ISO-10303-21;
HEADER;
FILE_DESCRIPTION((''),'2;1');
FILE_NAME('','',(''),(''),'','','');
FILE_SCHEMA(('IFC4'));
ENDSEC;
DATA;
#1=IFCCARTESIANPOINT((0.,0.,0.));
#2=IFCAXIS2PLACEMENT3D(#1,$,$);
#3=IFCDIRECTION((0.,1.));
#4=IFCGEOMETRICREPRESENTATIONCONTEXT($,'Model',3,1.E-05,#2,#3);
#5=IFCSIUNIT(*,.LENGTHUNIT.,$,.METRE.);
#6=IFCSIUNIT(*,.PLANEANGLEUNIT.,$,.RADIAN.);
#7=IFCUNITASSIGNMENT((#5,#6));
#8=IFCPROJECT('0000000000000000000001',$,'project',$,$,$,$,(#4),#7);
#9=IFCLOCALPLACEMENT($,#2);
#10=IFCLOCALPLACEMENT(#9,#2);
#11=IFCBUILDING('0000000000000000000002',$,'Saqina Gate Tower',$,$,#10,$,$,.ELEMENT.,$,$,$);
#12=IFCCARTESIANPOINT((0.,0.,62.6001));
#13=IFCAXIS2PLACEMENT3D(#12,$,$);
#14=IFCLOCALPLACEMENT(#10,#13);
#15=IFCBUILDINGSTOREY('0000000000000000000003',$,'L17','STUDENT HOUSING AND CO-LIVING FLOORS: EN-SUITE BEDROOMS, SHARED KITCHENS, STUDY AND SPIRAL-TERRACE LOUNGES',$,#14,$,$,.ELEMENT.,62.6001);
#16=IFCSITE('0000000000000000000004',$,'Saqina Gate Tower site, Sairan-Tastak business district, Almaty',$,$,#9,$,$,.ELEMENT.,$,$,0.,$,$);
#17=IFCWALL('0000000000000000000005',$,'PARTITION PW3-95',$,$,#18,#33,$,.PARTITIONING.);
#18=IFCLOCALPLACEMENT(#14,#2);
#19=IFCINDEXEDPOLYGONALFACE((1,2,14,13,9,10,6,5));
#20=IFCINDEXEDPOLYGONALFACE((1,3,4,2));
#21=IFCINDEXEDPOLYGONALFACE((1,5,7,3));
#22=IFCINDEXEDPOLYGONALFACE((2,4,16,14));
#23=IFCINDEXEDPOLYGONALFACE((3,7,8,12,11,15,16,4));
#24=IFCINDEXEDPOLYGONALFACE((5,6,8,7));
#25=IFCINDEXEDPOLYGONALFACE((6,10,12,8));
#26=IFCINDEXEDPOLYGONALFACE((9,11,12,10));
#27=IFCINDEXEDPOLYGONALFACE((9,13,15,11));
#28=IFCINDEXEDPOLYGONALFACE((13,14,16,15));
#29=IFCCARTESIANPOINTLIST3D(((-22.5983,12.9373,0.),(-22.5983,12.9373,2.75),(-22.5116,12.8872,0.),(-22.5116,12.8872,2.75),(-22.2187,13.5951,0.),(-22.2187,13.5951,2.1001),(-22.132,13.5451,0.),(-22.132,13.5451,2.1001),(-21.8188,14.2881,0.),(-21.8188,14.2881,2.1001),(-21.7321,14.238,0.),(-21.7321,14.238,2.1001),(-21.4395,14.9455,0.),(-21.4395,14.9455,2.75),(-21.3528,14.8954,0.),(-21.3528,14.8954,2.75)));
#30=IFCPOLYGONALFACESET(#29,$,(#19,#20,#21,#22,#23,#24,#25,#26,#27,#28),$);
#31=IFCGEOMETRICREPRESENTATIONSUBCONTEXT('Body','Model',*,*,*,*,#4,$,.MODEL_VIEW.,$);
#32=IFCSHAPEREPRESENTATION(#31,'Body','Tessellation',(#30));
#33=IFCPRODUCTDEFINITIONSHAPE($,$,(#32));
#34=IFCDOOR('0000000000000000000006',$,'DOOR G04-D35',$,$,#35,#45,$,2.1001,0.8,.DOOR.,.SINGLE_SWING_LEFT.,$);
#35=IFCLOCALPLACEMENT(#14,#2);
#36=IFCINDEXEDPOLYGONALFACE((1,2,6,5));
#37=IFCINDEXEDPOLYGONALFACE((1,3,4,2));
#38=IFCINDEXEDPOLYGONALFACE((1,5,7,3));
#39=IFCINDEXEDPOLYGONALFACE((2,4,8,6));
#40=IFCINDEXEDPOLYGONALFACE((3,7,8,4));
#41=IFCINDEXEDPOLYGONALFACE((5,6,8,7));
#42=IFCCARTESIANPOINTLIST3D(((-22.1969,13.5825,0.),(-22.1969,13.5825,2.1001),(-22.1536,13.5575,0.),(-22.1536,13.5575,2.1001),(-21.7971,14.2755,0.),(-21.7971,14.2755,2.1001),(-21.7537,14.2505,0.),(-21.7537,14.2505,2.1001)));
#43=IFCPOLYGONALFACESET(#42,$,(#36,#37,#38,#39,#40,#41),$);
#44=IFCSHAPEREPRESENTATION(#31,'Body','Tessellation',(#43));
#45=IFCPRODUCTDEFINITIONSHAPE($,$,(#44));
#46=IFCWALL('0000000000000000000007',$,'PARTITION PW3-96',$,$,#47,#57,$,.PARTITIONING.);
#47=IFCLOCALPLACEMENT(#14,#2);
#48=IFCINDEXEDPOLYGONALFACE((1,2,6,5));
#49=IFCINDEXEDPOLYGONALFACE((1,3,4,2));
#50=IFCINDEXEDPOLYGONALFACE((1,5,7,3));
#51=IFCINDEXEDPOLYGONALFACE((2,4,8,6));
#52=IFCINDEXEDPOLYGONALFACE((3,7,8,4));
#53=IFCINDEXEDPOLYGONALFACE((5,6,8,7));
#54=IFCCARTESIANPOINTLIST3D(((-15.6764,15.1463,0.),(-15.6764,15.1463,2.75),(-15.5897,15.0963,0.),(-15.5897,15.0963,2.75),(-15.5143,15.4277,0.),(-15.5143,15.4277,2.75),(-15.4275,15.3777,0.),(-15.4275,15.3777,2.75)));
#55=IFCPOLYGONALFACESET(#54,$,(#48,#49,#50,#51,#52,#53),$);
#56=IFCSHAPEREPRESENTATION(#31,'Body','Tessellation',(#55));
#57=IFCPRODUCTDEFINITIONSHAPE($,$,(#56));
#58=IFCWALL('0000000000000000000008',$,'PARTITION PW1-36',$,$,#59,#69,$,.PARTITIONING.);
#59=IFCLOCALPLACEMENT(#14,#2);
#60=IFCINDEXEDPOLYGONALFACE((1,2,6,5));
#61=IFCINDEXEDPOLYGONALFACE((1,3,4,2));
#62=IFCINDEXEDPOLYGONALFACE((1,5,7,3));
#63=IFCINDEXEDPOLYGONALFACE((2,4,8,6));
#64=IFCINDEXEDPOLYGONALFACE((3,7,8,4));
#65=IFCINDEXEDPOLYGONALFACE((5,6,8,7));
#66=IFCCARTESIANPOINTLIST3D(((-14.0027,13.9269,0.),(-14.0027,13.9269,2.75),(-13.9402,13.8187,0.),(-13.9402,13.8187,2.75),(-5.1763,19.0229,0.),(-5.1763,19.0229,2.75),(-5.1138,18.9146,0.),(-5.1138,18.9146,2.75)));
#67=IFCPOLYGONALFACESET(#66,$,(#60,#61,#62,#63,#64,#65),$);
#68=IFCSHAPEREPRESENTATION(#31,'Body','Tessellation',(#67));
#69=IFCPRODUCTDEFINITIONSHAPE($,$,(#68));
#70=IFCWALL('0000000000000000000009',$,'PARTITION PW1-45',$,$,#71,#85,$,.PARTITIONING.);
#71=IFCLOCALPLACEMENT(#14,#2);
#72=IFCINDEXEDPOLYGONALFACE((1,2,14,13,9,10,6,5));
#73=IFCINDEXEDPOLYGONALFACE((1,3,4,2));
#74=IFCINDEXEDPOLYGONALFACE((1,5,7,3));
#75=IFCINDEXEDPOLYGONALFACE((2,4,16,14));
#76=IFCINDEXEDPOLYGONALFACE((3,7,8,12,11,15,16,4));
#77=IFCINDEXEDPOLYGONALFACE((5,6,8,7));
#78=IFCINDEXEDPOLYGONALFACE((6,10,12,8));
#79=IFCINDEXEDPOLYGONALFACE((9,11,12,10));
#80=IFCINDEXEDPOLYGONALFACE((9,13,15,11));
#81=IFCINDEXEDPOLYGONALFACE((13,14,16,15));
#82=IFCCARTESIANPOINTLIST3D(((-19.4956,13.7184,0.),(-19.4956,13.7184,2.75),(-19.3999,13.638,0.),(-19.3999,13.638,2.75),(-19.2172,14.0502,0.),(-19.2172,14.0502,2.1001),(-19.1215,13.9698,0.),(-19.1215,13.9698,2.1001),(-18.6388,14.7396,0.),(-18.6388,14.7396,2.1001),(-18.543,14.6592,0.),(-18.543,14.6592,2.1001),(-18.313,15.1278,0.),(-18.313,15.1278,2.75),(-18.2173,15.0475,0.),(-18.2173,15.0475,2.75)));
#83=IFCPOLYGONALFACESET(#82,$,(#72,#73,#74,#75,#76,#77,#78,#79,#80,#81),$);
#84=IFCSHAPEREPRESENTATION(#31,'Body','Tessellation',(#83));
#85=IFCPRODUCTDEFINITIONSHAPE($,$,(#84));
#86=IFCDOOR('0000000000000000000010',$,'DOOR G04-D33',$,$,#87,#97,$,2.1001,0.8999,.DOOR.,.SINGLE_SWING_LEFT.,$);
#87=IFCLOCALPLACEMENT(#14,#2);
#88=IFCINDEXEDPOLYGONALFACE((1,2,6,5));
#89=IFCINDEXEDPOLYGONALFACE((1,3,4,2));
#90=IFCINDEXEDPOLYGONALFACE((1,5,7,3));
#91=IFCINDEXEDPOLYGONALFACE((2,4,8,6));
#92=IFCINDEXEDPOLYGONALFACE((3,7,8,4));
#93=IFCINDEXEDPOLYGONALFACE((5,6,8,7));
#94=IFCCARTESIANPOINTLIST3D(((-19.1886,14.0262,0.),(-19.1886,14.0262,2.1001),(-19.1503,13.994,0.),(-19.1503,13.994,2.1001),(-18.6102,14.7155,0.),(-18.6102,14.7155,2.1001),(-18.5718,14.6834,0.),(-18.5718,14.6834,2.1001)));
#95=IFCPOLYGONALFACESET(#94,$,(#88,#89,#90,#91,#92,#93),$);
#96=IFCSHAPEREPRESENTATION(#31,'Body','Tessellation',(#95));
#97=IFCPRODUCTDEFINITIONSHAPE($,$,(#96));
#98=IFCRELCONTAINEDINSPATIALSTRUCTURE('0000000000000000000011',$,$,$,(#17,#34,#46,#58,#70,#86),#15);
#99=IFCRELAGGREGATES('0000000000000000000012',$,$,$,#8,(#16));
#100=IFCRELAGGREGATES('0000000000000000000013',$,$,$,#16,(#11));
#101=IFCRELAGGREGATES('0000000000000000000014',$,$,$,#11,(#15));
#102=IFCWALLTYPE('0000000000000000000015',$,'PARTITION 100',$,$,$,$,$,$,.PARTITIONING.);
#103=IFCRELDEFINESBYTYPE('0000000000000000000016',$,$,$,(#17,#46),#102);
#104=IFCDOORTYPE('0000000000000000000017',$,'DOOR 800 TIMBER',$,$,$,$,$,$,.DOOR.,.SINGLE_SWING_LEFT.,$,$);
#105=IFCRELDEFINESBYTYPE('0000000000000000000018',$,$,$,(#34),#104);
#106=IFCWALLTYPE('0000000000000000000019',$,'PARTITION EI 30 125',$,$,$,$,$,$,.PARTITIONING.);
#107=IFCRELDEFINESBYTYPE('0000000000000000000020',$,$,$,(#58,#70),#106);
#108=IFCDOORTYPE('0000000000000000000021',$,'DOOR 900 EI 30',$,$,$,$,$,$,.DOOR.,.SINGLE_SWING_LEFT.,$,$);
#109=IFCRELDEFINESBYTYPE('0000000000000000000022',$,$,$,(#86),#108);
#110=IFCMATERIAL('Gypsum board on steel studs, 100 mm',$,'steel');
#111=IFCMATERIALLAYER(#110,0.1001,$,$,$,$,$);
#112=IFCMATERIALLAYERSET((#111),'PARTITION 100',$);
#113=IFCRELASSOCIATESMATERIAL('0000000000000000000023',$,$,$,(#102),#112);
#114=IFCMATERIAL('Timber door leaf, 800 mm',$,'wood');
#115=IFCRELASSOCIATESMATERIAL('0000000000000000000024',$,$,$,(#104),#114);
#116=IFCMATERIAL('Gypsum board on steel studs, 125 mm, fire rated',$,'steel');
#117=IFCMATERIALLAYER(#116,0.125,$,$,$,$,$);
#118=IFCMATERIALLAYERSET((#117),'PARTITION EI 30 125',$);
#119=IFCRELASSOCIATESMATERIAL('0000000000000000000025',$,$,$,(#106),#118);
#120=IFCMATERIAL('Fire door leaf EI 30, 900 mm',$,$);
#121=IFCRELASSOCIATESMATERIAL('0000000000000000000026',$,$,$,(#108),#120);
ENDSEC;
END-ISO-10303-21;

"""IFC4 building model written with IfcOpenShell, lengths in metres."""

from ifc_helpers import new_model, si_unit, direction, frame, frame_2d, origin, place, context, subcontext, project, spatial, rectangle, extrude, material, layer, layer_set, type_object, element, fill, save


model = new_model("IFC4")

# Units and contexts
model_context = context("Model", 3, precision=1e-05, world=origin(), true_north=direction((0.0, 1.0)))
body_context = subcontext(model_context, "Body", "Model", "MODEL_VIEW")
ifc_project = project(units=[si_unit("LENGTHUNIT", "METRE"), si_unit("PLANEANGLEUNIT", "RADIAN")], contexts=[model_context])

# Site, building, storey
site_placement = place(None, origin())
site = spatial("IfcSite", under=ifc_project, at=site_placement, Name="Saqina Gate Tower site, Sairan-Tastak business district, Almaty", CompositionType="ELEMENT", RefElevation=0.0)
building_placement = place(site_placement, origin())
building = spatial("IfcBuilding", under=site, at=building_placement, Name="Saqina Gate Tower", CompositionType="ELEMENT")
storey_placement = place(building_placement, frame((0.0, 0.0, 62.6001)))
storey = spatial("IfcBuildingStorey", under=building, at=storey_placement, Name="L17", Description="STUDENT HOUSING AND CO-LIVING FLOORS: EN-SUITE BEDROOMS, SHARED KITCHENS, STUDY AND SPIRAL-TERRACE LOUNGES", CompositionType="ELEMENT", Elevation=62.6001)

# Shared definitions
ifc_material_1 = material(Name="Gypsum board on steel studs, 100 mm", Category="steel")
ifc_layer_1 = layer(ifc_material_1, 0.1001)
ifc_layer_set_1 = layer_set([ifc_layer_1], Name="PARTITION 100")
wall_type_1 = type_object("IfcWallType", Name="PARTITION 100", PredefinedType="PARTITIONING", material=ifc_layer_set_1)

# Shared definitions
ifc_material_2 = material(Name="Timber door leaf, 800 mm", Category="wood")
door_type_1 = type_object("IfcDoorType", Name="DOOR 800 TIMBER", OperationType="SINGLE_SWING_LEFT", PredefinedType="DOOR", material=ifc_material_2)

# Wall, opening, door
wall_1_placement = place(storey_placement, frame((-22.5549, 12.9124, 0.0), z_axis=(0.0, 0.0, 1.0), x_axis=(0.49982, 0.866129, 0.0)))
wall_1 = element("IfcWall", 1, at=wall_1_placement, inside=storey, type_object=wall_type_1, Name="PARTITION PW3-95", PredefinedType="PARTITIONING", context=body_context, shape_type="SweptSolid", body=[
    extrude(rectangle(XDim=2.3186, YDim=0.1001, at=frame_2d((1.1592, 0.0))), origin(), (0.0, 0.0, 1.0), 2.75),
])
opening_1_placement = place(wall_1_placement, frame((0.7595, 0.0, 0.0)))
opening_1 = element("IfcOpeningElement", 2, at=opening_1_placement, cuts=wall_1, PredefinedType="OPENING", context=body_context, shape_type="SweptSolid", body=[
    extrude(rectangle(XDim=0.8, YDim=2.1001, at=frame_2d((0.3999, 1.05))), frame((0.0, 0.062, 0.0), z_axis=(0.0, -1.0, 0.0), x_axis=(1.0, 0.0, 0.0)), (0.0, 0.0, 1.0), 0.124),
])
door_1_placement = place(opening_1_placement, origin())
door_1 = element("IfcDoor", 3, at=door_1_placement, inside=storey, type_object=door_type_1, Name="DOOR G04-D35", OperationType="SINGLE_SWING_LEFT", OverallHeight=2.1001, OverallWidth=0.8, PredefinedType="DOOR", context=body_context, shape_type="SweptSolid", body=[
    extrude(rectangle(XDim=0.8, YDim=2.1001, at=frame_2d((0.3999, 1.05))), frame((0.0, 0.0249, 0.0), z_axis=(0.0, -1.0, 0.0), x_axis=(1.0, 0.0, 0.0)), (0.0, 0.0, 1.0), 0.05),
])
fill(opening_1, door_1)

# Walls
wall_2_placement = place(storey_placement, frame((-15.6331, 15.1213, 0.0), z_axis=(0.0, 0.0, 1.0), x_axis=(0.499375, 0.866386, 0.0)))
element("IfcWall", 4, at=wall_2_placement, inside=storey, type_object=wall_type_1, Name="PARTITION PW3-96", PredefinedType="PARTITIONING", context=body_context, shape_type="SweptSolid", body=[
    extrude(rectangle(XDim=0.3247, YDim=0.1001, at=frame_2d((0.1624, 0.0))), origin(), (0.0, 0.0, 1.0), 2.75),
])
ifc_material_3 = material(Name="Gypsum board on steel studs, 125 mm, fire rated", Category="steel")
ifc_layer_2 = layer(ifc_material_3, 0.125)
ifc_layer_set_2 = layer_set([ifc_layer_2], Name="PARTITION EI 30 125")
wall_type_2 = type_object("IfcWallType", Name="PARTITION EI 30 125", PredefinedType="PARTITIONING", material=ifc_layer_set_2)
wall_3_placement = place(storey_placement, frame((-13.9714, 13.8728, 0.0), z_axis=(0.0, 0.0, 1.0), x_axis=(0.866025, 0.500001, 0.0)))
element("IfcWall", 5, at=wall_3_placement, inside=storey, type_object=wall_type_2, Name="PARTITION PW1-36", PredefinedType="PARTITIONING", context=body_context, shape_type="SweptSolid", body=[
    extrude(rectangle(XDim=10.1919, YDim=0.125, at=frame_2d((5.0959, 0.0))), origin(), (0.0, 0.0, 1.0), 2.75),
])

# Wall, opening, door
wall_4_placement = place(storey_placement, frame((-19.4478, 13.6782, 0.0), z_axis=(0.0, 0.0, 1.0), x_axis=(0.642778, 0.766052, 0.0)))
wall_4 = element("IfcWall", 6, at=wall_4_placement, inside=storey, type_object=wall_type_2, Name="PARTITION PW1-45", PredefinedType="PARTITIONING", context=body_context, shape_type="SweptSolid", body=[
    extrude(rectangle(XDim=1.8398, YDim=0.125, at=frame_2d((0.9199, 0.0))), origin(), (0.0, 0.0, 1.0), 2.75),
])
opening_2_placement = place(wall_4_placement, frame((0.4331, 0.0, 0.0)))
opening_2 = element("IfcOpeningElement", 7, at=opening_2_placement, cuts=wall_4, PredefinedType="OPENING", context=body_context, shape_type="SweptSolid", body=[
    extrude(rectangle(XDim=0.8999, YDim=2.1001, at=frame_2d((0.45, 1.05))), frame((0.0, 0.0745, 0.0), z_axis=(0.0, -1.0, 0.0), x_axis=(1.0, 0.0, 0.0)), (0.0, 0.0, 1.0), 0.1489),
])
ifc_material_4 = material(Name="Fire door leaf EI 30, 900 mm")
door_type_2 = type_object("IfcDoorType", Name="DOOR 900 EI 30", OperationType="SINGLE_SWING_LEFT", PredefinedType="DOOR", material=ifc_material_4)
door_2_placement = place(opening_2_placement, frame((0.8999, 0.0, 0.0), z_axis=(0.0, 0.0, 1.0), x_axis=(-1.0, 0.0, 0.0)))
door_2 = element("IfcDoor", 8, at=door_2_placement, inside=storey, type_object=door_type_2, Name="DOOR G04-D33", OperationType="SINGLE_SWING_LEFT", OverallHeight=2.1001, OverallWidth=0.8999, PredefinedType="DOOR", context=body_context, shape_type="SweptSolid", body=[
    extrude(rectangle(XDim=0.8999, YDim=2.1001, at=frame_2d((0.45, 1.05))), frame((0.0, 0.0249, 0.0), z_axis=(0.0, -1.0, 0.0), x_axis=(1.0, 0.0, 0.0)), (0.0, 0.0, 1.0), 0.05),
])
fill(opening_2, door_2)

save(model, "model.ifc")
